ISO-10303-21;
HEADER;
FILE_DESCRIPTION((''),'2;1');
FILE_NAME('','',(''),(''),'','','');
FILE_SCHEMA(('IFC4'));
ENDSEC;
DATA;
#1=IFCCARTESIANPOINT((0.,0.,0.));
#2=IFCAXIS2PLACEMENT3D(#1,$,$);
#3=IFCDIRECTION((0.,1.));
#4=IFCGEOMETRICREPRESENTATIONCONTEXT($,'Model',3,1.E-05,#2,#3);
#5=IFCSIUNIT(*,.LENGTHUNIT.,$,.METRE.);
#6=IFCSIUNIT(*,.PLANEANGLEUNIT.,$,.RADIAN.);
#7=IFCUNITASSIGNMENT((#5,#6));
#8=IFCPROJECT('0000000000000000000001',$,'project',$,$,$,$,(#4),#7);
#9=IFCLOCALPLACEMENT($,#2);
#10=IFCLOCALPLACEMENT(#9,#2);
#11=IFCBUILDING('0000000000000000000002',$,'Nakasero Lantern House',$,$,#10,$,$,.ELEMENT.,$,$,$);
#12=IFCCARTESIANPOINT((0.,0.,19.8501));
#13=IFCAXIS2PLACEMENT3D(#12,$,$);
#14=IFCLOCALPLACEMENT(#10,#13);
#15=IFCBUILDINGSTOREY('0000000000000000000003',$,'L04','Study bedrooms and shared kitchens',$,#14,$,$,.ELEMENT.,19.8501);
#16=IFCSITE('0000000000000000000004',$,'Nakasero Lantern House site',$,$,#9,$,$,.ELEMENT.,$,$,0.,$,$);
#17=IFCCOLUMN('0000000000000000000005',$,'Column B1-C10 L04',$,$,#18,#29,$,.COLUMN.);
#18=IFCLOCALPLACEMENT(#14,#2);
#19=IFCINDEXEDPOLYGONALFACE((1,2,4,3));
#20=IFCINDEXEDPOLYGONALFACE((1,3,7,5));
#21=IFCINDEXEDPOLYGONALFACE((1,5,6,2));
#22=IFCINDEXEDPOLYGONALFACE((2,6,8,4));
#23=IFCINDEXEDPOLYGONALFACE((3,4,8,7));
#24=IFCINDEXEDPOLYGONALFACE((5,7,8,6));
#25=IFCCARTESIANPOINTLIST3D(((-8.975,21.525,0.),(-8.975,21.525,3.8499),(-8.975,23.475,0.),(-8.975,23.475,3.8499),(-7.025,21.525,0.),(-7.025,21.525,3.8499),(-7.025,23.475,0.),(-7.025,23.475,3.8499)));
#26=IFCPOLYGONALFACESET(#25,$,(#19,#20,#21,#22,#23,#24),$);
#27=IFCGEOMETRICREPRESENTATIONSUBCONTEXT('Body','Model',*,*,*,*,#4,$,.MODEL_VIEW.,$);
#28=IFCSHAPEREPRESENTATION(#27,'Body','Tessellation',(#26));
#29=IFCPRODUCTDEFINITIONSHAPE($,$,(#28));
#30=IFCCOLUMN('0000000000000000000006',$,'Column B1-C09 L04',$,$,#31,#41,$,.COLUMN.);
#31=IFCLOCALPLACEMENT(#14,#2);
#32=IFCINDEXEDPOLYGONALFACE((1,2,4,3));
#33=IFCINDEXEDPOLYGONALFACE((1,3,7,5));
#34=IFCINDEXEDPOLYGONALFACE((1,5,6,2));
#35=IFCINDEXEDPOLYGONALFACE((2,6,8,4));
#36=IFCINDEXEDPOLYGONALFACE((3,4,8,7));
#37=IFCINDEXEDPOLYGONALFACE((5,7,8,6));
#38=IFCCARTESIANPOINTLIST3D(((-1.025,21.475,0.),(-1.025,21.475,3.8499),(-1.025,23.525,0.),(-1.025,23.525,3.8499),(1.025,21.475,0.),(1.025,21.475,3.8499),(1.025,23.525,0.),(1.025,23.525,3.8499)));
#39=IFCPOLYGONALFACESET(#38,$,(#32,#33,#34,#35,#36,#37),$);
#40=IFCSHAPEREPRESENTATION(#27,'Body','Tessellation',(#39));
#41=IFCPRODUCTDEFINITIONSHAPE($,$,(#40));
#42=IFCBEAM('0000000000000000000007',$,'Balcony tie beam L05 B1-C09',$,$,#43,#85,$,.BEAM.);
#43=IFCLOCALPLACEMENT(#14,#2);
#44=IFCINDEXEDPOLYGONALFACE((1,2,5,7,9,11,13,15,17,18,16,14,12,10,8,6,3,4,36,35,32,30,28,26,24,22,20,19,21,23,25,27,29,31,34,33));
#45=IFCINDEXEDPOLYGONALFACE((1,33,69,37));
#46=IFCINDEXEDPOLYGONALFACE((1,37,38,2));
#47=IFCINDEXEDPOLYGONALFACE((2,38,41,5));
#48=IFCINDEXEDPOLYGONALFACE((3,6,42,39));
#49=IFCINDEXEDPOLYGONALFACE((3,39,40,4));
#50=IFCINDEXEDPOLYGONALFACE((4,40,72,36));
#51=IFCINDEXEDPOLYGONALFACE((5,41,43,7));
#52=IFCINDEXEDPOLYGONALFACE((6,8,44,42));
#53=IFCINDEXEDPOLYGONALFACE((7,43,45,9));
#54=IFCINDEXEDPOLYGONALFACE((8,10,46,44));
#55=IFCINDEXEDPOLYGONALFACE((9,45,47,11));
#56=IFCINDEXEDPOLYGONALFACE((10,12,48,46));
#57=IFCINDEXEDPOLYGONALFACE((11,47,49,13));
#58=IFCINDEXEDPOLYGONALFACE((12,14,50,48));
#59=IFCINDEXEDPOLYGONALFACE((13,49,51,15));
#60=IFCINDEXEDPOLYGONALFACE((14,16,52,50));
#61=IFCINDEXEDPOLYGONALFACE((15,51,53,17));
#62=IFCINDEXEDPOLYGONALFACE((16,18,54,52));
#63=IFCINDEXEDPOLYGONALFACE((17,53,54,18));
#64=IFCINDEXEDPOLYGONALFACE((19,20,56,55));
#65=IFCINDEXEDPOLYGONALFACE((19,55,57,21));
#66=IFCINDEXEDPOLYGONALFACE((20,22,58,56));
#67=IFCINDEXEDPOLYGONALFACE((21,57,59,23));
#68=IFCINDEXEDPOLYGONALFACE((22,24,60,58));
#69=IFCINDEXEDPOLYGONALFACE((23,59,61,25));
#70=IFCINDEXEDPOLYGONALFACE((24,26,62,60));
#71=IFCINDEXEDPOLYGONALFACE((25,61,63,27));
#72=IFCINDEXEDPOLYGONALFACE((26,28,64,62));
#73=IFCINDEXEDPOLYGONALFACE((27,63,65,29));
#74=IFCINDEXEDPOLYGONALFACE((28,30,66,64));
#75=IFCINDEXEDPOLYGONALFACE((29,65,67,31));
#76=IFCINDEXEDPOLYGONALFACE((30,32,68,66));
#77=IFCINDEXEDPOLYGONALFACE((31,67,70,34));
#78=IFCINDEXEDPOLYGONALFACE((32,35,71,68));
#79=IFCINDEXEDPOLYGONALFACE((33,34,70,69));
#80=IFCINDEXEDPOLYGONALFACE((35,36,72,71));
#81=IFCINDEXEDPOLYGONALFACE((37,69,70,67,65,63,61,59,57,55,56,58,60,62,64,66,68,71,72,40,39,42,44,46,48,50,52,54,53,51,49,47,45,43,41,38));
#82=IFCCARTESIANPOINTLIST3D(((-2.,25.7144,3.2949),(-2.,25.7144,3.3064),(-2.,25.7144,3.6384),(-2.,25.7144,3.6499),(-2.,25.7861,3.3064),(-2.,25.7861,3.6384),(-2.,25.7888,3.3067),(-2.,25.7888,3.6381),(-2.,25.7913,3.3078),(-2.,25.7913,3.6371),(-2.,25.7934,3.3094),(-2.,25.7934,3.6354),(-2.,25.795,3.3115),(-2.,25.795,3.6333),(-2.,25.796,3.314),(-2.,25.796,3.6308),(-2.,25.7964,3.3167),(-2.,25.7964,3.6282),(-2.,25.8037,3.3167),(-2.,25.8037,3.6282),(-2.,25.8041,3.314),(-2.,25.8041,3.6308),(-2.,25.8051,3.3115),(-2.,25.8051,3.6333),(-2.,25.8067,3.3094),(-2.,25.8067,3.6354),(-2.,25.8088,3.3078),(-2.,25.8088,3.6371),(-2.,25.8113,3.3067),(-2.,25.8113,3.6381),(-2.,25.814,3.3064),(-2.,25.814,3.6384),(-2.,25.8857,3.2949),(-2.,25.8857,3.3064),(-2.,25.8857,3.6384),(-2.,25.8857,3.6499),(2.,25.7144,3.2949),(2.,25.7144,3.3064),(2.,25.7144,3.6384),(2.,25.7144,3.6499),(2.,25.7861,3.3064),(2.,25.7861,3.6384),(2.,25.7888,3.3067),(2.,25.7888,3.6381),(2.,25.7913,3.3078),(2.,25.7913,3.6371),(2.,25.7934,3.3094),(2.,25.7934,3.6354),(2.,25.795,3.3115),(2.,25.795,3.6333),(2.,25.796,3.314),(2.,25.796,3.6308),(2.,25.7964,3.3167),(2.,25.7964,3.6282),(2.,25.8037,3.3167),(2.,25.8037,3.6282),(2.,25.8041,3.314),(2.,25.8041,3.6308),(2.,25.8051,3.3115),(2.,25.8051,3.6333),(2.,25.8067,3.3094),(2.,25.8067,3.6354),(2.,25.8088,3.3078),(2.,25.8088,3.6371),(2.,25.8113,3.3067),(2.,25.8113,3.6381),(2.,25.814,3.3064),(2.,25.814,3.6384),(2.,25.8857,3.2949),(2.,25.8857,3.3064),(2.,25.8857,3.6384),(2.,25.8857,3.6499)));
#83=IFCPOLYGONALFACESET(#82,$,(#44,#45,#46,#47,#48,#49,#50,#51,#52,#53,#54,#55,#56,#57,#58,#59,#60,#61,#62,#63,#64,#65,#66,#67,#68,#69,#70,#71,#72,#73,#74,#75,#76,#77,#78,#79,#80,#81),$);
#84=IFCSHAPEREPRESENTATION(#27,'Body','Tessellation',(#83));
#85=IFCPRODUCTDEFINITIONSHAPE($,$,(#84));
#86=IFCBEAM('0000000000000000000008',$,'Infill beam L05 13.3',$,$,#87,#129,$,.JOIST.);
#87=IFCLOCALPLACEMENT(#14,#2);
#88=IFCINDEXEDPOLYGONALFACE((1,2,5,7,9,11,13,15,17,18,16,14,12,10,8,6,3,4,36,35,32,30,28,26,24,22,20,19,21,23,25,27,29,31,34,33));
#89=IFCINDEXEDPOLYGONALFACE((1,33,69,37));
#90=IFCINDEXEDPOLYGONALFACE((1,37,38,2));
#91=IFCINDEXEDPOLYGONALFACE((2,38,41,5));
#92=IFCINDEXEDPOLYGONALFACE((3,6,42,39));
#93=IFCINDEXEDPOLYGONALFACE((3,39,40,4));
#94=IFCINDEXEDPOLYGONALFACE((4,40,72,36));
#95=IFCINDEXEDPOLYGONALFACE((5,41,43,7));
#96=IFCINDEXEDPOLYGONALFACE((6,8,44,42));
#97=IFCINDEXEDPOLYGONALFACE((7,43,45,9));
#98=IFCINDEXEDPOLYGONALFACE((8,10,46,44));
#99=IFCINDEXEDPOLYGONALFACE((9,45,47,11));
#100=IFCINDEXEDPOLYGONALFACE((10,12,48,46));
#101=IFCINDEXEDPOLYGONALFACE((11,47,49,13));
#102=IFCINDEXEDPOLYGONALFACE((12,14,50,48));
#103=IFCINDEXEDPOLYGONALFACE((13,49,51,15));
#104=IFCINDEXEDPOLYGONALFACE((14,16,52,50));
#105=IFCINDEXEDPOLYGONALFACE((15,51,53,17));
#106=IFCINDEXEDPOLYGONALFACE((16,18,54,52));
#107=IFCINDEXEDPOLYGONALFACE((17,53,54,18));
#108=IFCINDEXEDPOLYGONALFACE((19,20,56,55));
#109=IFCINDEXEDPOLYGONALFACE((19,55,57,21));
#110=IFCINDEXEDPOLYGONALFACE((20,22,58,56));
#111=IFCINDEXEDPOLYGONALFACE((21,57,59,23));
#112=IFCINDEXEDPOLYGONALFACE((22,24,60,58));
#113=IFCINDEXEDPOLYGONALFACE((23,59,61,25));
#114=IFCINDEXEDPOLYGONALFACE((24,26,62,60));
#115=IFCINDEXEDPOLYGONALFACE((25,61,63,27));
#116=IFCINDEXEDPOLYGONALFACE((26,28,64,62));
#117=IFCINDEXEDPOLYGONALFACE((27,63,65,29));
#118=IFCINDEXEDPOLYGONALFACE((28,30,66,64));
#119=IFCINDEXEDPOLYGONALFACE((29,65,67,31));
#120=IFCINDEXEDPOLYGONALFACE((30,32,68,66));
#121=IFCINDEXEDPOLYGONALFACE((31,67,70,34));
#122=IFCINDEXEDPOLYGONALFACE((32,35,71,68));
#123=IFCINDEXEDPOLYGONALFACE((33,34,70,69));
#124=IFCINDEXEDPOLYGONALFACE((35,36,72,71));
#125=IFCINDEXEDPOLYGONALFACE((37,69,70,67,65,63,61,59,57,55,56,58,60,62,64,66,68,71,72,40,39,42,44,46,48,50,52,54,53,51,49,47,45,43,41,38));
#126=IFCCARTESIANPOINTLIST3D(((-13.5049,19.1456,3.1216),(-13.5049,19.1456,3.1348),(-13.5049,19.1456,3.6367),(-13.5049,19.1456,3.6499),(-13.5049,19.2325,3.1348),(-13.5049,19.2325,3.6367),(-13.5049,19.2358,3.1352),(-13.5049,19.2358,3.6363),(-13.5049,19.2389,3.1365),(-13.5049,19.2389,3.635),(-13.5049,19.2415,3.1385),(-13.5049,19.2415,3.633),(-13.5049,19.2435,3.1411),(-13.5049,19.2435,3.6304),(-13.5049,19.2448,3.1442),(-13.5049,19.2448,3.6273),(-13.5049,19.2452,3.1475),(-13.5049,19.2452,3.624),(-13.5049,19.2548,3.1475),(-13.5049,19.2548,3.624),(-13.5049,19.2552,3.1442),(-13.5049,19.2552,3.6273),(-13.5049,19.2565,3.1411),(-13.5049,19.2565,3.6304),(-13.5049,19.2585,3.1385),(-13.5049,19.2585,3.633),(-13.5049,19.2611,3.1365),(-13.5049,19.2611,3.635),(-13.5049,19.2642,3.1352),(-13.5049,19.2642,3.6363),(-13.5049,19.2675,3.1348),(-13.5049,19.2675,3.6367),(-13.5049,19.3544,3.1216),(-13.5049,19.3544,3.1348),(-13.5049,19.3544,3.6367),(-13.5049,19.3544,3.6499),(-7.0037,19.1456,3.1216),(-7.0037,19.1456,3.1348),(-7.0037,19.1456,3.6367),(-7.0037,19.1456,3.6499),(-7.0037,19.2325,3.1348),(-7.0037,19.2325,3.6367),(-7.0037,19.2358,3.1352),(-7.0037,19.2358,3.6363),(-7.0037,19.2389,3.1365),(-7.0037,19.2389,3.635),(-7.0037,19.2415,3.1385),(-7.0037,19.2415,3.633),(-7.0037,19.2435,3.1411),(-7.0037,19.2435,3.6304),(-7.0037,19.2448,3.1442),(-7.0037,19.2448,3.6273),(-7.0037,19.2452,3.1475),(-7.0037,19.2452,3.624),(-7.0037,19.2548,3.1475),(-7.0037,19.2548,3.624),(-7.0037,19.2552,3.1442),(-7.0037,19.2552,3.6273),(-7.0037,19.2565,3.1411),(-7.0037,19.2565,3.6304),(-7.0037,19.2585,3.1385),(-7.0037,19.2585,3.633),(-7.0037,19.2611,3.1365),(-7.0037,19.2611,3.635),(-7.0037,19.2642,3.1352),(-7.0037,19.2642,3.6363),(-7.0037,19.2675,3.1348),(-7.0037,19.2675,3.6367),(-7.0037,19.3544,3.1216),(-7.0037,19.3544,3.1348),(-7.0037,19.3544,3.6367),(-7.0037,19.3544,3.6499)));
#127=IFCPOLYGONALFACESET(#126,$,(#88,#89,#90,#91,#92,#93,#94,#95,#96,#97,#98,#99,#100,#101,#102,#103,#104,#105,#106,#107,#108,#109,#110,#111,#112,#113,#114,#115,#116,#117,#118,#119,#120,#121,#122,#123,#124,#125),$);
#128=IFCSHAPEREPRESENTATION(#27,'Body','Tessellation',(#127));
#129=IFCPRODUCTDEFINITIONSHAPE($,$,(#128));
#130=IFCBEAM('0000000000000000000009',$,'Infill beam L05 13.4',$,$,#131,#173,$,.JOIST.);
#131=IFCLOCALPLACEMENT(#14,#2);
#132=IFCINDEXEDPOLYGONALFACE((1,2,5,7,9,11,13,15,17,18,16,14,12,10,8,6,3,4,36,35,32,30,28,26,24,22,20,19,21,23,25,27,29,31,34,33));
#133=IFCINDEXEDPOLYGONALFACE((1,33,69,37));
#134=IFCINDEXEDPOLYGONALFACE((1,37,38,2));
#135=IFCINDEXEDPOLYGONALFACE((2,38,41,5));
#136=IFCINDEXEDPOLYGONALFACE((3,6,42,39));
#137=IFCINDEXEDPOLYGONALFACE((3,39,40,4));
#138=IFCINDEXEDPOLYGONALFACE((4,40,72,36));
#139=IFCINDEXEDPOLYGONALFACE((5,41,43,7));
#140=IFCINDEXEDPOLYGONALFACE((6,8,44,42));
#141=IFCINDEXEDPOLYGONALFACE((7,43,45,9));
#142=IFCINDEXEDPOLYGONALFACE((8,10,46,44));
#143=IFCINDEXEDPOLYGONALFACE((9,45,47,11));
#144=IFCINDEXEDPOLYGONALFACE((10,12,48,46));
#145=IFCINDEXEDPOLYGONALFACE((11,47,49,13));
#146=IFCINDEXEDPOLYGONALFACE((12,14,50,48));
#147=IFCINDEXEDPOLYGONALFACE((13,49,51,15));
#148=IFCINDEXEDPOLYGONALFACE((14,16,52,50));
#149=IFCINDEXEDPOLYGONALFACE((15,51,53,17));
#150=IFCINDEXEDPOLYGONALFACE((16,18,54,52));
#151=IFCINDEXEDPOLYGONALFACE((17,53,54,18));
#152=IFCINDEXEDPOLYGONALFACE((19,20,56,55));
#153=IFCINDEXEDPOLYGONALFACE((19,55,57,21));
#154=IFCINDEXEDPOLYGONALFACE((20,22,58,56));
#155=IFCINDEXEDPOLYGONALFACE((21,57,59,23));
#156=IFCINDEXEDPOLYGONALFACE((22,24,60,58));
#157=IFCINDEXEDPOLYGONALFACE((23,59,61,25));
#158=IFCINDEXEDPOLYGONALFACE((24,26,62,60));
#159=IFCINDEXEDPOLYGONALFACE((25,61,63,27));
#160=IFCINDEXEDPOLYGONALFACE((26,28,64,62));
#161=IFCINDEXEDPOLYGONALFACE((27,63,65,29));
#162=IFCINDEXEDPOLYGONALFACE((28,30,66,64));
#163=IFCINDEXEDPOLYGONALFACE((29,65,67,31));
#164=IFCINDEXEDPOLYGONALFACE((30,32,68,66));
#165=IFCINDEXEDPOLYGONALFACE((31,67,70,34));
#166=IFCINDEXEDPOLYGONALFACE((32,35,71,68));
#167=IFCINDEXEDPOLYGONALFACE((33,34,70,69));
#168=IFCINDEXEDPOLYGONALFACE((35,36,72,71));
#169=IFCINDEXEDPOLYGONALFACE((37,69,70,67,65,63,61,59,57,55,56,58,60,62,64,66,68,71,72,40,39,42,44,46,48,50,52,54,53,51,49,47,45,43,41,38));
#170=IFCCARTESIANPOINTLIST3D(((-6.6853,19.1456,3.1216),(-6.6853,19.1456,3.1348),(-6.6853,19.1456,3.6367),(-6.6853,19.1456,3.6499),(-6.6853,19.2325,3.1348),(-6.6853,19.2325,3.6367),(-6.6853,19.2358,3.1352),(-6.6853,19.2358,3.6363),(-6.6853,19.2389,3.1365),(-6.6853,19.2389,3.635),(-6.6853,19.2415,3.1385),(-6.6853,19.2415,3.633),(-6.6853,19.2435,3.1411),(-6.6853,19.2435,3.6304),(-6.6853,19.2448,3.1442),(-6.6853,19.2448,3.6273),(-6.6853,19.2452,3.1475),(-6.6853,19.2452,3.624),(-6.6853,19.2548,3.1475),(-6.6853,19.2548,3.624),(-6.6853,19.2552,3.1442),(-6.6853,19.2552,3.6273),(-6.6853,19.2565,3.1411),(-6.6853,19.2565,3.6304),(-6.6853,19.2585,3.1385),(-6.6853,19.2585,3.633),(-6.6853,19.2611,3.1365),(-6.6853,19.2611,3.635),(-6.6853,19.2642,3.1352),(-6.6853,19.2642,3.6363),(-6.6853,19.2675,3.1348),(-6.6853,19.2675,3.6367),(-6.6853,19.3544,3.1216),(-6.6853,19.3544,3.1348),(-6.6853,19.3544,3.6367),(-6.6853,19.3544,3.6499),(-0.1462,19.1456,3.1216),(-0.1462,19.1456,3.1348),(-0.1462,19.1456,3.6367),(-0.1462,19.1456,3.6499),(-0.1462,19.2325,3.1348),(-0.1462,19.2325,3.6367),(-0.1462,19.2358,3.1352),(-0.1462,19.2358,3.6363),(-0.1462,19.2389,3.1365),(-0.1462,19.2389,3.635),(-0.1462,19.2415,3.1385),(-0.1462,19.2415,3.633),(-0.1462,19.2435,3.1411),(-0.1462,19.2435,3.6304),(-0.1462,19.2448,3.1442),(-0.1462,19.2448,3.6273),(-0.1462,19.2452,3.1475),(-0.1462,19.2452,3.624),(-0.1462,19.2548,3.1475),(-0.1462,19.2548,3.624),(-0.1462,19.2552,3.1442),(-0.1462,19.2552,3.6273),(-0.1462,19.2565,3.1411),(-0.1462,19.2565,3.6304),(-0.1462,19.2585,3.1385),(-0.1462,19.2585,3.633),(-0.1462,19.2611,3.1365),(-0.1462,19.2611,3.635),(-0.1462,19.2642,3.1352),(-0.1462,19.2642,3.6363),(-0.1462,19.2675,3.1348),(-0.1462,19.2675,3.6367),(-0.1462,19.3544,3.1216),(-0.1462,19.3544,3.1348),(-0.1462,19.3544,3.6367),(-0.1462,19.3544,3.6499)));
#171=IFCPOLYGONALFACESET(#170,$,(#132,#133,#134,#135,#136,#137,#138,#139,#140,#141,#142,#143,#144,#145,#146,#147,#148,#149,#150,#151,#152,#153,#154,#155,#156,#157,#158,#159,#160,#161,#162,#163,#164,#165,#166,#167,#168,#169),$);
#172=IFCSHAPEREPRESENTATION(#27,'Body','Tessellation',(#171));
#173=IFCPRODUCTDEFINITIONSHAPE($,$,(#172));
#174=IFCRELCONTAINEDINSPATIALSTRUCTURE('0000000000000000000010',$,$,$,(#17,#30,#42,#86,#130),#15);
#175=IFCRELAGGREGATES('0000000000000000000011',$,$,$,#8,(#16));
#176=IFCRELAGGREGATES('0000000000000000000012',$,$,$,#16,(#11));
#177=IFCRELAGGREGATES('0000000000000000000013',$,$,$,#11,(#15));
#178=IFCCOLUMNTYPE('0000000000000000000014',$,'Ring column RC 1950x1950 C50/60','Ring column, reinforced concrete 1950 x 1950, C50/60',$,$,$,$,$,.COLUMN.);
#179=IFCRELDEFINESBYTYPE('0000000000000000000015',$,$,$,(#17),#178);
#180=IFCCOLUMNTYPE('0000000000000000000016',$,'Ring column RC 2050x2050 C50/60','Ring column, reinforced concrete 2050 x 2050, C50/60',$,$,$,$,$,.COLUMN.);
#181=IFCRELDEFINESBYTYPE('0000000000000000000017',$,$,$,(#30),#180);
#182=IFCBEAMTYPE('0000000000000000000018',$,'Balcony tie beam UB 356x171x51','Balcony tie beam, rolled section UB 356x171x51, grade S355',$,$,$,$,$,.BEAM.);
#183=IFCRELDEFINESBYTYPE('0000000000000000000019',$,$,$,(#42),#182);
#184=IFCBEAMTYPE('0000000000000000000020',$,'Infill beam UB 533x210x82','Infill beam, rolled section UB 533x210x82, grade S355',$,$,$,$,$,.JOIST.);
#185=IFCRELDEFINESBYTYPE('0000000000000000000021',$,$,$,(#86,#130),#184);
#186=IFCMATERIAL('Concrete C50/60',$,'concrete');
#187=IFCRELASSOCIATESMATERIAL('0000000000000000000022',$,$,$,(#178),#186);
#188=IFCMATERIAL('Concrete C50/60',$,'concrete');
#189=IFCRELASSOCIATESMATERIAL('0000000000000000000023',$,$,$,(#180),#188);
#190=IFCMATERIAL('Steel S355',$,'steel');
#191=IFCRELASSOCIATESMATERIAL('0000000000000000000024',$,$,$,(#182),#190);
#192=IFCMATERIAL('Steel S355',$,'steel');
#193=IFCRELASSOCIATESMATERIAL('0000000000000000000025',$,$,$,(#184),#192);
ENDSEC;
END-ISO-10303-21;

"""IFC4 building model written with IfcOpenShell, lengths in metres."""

from ifc_helpers import new_model, si_unit, direction, frame, origin, origin_2d, place, context, subcontext, project, spatial, rectangle, i_section, extrude, material, material_profile, profile_set, type_object, element, save


model = new_model("IFC4")

# Units and contexts
model_context = context("Model", 3, precision=1e-05, world=origin(), true_north=direction((0.0, 1.0)))
body_context = subcontext(model_context, "Body", "Model", "MODEL_VIEW")
ifc_project = project(units=[si_unit("LENGTHUNIT", "METRE"), si_unit("PLANEANGLEUNIT", "RADIAN")], contexts=[model_context])

# Site, building, storey
site_placement = place(None, origin())
site = spatial("IfcSite", under=ifc_project, at=site_placement, Name="Nakasero Lantern House site", CompositionType="ELEMENT", RefElevation=0.0)
building_placement = place(site_placement, origin())
building = spatial("IfcBuilding", under=site, at=building_placement, Name="Nakasero Lantern House", CompositionType="ELEMENT")
storey_placement = place(building_placement, frame((0.0, 0.0, 19.8501)))
storey = spatial("IfcBuildingStorey", under=building, at=storey_placement, Name="L04", Description="Study bedrooms and shared kitchens", CompositionType="ELEMENT", Elevation=19.8501)

# Columns
ifc_material_1 = material(Name="Concrete C50/60", Category="concrete")
ifc_material_profile_1 = material_profile(ifc_material_1, rectangle(XDim=1.95, YDim=1.95, at=origin_2d()), Name="RC 1950x1950")
ifc_profile_set_1 = profile_set([ifc_material_profile_1], Name="Concrete C50/60")
column_type_1 = type_object("IfcColumnType", Name="Ring column RC 1950x1950 C50/60", Description="Ring column, reinforced concrete 1950 x 1950, C50/60", PredefinedType="COLUMN", material=ifc_profile_set_1)
column_1_placement = place(storey_placement, frame((-8.0, 22.5, 0.0), z_axis=(0.0, 0.0, 1.0), x_axis=(1.0, 0.0, 0.0)))
element("IfcColumn", 1, at=column_1_placement, inside=storey, type_object=column_type_1, Name="Column B1-C10 L04", PredefinedType="COLUMN", context=body_context, shape_type="SweptSolid", body=[
    extrude(rectangle(XDim=1.95, YDim=1.95, at=origin_2d()), origin(), (0.0, 0.0, 1.0), 3.8499),
])
ifc_material_2 = material(Name="Concrete C50/60", Category="concrete")
ifc_material_profile_2 = material_profile(ifc_material_2, rectangle(XDim=2.05, YDim=2.05, at=origin_2d()), Name="RC 2050x2050")
ifc_profile_set_2 = profile_set([ifc_material_profile_2], Name="Concrete C50/60")
column_type_2 = type_object("IfcColumnType", Name="Ring column RC 2050x2050 C50/60", Description="Ring column, reinforced concrete 2050 x 2050, C50/60", PredefinedType="COLUMN", material=ifc_profile_set_2)
column_2_placement = place(storey_placement, frame((0.0, 22.5, 0.0), z_axis=(0.0, 0.0, 1.0), x_axis=(1.0, 0.0, 0.0)))
element("IfcColumn", 2, at=column_2_placement, inside=storey, type_object=column_type_2, Name="Column B1-C09 L04", PredefinedType="COLUMN", context=body_context, shape_type="SweptSolid", body=[
    extrude(rectangle(XDim=2.05, YDim=2.05, at=origin_2d()), origin(), (0.0, 0.0, 1.0), 3.8499),
])

# Beams
ifc_material_3 = material(Name="Steel S355", Category="steel")
ifc_material_profile_3 = material_profile(ifc_material_3, i_section(OverallWidth=0.1714, OverallDepth=0.355, WebThickness=0.0073, FlangeThickness=0.0115, FilletRadius=0.0103, at=origin_2d()), Name="UB 356x171x51")
ifc_profile_set_3 = profile_set([ifc_material_profile_3], Name="Steel S355")
beam_type_1 = type_object("IfcBeamType", Name="Balcony tie beam UB 356x171x51", Description="Balcony tie beam, rolled section UB 356x171x51, grade S355", PredefinedType="BEAM", material=ifc_profile_set_3)
beam_1_placement = place(storey_placement, frame((-2.0, 25.8, 3.4724), z_axis=(1.0, 0.0, 0.0), x_axis=(0.0, 1.0, 0.0)))
element("IfcBeam", 3, at=beam_1_placement, inside=storey, type_object=beam_type_1, Name="Balcony tie beam L05 B1-C09", PredefinedType="BEAM", context=body_context, shape_type="SweptSolid", body=[
    extrude(i_section(OverallWidth=0.1714, OverallDepth=0.355, WebThickness=0.0073, FlangeThickness=0.0115, FilletRadius=0.0103, at=origin_2d()), origin(), (0.0, 0.0, 1.0), 4.0),
])
ifc_material_4 = material(Name="Steel S355", Category="steel")
ifc_material_profile_4 = material_profile(ifc_material_4, i_section(OverallWidth=0.2087, OverallDepth=0.5283, WebThickness=0.0095, FlangeThickness=0.0132, FilletRadius=0.0127, at=origin_2d()), Name="UB 533x210x82")
ifc_profile_set_4 = profile_set([ifc_material_profile_4], Name="Steel S355")
beam_type_2 = type_object("IfcBeamType", Name="Infill beam UB 533x210x82", Description="Infill beam, rolled section UB 533x210x82, grade S355", PredefinedType="JOIST", material=ifc_profile_set_4)
beam_2_placement = place(storey_placement, frame((-13.5049, 19.25, 3.3857), z_axis=(1.0, 0.0, 0.0), x_axis=(0.0, 1.0, 0.0)))
element("IfcBeam", 4, at=beam_2_placement, inside=storey, type_object=beam_type_2, Name="Infill beam L05 13.3", PredefinedType="JOIST", context=body_context, shape_type="SweptSolid", body=[
    extrude(i_section(OverallWidth=0.2087, OverallDepth=0.5283, WebThickness=0.0095, FlangeThickness=0.0132, FilletRadius=0.0127, at=origin_2d()), origin(), (0.0, 0.0, 1.0), 6.5012),
])
beam_3_placement = place(storey_placement, frame((-6.6853, 19.25, 3.3857), z_axis=(1.0, 0.0, 0.0), x_axis=(0.0, 1.0, 0.0)))
element("IfcBeam", 5, at=beam_3_placement, inside=storey, type_object=beam_type_2, Name="Infill beam L05 13.4", PredefinedType="JOIST", context=body_context, shape_type="SweptSolid", body=[
    extrude(i_section(OverallWidth=0.2087, OverallDepth=0.5283, WebThickness=0.0095, FlangeThickness=0.0132, FilletRadius=0.0127, at=origin_2d()), origin(), (0.0, 0.0, 1.0), 6.5391),
])

save(model, "model.ifc")
